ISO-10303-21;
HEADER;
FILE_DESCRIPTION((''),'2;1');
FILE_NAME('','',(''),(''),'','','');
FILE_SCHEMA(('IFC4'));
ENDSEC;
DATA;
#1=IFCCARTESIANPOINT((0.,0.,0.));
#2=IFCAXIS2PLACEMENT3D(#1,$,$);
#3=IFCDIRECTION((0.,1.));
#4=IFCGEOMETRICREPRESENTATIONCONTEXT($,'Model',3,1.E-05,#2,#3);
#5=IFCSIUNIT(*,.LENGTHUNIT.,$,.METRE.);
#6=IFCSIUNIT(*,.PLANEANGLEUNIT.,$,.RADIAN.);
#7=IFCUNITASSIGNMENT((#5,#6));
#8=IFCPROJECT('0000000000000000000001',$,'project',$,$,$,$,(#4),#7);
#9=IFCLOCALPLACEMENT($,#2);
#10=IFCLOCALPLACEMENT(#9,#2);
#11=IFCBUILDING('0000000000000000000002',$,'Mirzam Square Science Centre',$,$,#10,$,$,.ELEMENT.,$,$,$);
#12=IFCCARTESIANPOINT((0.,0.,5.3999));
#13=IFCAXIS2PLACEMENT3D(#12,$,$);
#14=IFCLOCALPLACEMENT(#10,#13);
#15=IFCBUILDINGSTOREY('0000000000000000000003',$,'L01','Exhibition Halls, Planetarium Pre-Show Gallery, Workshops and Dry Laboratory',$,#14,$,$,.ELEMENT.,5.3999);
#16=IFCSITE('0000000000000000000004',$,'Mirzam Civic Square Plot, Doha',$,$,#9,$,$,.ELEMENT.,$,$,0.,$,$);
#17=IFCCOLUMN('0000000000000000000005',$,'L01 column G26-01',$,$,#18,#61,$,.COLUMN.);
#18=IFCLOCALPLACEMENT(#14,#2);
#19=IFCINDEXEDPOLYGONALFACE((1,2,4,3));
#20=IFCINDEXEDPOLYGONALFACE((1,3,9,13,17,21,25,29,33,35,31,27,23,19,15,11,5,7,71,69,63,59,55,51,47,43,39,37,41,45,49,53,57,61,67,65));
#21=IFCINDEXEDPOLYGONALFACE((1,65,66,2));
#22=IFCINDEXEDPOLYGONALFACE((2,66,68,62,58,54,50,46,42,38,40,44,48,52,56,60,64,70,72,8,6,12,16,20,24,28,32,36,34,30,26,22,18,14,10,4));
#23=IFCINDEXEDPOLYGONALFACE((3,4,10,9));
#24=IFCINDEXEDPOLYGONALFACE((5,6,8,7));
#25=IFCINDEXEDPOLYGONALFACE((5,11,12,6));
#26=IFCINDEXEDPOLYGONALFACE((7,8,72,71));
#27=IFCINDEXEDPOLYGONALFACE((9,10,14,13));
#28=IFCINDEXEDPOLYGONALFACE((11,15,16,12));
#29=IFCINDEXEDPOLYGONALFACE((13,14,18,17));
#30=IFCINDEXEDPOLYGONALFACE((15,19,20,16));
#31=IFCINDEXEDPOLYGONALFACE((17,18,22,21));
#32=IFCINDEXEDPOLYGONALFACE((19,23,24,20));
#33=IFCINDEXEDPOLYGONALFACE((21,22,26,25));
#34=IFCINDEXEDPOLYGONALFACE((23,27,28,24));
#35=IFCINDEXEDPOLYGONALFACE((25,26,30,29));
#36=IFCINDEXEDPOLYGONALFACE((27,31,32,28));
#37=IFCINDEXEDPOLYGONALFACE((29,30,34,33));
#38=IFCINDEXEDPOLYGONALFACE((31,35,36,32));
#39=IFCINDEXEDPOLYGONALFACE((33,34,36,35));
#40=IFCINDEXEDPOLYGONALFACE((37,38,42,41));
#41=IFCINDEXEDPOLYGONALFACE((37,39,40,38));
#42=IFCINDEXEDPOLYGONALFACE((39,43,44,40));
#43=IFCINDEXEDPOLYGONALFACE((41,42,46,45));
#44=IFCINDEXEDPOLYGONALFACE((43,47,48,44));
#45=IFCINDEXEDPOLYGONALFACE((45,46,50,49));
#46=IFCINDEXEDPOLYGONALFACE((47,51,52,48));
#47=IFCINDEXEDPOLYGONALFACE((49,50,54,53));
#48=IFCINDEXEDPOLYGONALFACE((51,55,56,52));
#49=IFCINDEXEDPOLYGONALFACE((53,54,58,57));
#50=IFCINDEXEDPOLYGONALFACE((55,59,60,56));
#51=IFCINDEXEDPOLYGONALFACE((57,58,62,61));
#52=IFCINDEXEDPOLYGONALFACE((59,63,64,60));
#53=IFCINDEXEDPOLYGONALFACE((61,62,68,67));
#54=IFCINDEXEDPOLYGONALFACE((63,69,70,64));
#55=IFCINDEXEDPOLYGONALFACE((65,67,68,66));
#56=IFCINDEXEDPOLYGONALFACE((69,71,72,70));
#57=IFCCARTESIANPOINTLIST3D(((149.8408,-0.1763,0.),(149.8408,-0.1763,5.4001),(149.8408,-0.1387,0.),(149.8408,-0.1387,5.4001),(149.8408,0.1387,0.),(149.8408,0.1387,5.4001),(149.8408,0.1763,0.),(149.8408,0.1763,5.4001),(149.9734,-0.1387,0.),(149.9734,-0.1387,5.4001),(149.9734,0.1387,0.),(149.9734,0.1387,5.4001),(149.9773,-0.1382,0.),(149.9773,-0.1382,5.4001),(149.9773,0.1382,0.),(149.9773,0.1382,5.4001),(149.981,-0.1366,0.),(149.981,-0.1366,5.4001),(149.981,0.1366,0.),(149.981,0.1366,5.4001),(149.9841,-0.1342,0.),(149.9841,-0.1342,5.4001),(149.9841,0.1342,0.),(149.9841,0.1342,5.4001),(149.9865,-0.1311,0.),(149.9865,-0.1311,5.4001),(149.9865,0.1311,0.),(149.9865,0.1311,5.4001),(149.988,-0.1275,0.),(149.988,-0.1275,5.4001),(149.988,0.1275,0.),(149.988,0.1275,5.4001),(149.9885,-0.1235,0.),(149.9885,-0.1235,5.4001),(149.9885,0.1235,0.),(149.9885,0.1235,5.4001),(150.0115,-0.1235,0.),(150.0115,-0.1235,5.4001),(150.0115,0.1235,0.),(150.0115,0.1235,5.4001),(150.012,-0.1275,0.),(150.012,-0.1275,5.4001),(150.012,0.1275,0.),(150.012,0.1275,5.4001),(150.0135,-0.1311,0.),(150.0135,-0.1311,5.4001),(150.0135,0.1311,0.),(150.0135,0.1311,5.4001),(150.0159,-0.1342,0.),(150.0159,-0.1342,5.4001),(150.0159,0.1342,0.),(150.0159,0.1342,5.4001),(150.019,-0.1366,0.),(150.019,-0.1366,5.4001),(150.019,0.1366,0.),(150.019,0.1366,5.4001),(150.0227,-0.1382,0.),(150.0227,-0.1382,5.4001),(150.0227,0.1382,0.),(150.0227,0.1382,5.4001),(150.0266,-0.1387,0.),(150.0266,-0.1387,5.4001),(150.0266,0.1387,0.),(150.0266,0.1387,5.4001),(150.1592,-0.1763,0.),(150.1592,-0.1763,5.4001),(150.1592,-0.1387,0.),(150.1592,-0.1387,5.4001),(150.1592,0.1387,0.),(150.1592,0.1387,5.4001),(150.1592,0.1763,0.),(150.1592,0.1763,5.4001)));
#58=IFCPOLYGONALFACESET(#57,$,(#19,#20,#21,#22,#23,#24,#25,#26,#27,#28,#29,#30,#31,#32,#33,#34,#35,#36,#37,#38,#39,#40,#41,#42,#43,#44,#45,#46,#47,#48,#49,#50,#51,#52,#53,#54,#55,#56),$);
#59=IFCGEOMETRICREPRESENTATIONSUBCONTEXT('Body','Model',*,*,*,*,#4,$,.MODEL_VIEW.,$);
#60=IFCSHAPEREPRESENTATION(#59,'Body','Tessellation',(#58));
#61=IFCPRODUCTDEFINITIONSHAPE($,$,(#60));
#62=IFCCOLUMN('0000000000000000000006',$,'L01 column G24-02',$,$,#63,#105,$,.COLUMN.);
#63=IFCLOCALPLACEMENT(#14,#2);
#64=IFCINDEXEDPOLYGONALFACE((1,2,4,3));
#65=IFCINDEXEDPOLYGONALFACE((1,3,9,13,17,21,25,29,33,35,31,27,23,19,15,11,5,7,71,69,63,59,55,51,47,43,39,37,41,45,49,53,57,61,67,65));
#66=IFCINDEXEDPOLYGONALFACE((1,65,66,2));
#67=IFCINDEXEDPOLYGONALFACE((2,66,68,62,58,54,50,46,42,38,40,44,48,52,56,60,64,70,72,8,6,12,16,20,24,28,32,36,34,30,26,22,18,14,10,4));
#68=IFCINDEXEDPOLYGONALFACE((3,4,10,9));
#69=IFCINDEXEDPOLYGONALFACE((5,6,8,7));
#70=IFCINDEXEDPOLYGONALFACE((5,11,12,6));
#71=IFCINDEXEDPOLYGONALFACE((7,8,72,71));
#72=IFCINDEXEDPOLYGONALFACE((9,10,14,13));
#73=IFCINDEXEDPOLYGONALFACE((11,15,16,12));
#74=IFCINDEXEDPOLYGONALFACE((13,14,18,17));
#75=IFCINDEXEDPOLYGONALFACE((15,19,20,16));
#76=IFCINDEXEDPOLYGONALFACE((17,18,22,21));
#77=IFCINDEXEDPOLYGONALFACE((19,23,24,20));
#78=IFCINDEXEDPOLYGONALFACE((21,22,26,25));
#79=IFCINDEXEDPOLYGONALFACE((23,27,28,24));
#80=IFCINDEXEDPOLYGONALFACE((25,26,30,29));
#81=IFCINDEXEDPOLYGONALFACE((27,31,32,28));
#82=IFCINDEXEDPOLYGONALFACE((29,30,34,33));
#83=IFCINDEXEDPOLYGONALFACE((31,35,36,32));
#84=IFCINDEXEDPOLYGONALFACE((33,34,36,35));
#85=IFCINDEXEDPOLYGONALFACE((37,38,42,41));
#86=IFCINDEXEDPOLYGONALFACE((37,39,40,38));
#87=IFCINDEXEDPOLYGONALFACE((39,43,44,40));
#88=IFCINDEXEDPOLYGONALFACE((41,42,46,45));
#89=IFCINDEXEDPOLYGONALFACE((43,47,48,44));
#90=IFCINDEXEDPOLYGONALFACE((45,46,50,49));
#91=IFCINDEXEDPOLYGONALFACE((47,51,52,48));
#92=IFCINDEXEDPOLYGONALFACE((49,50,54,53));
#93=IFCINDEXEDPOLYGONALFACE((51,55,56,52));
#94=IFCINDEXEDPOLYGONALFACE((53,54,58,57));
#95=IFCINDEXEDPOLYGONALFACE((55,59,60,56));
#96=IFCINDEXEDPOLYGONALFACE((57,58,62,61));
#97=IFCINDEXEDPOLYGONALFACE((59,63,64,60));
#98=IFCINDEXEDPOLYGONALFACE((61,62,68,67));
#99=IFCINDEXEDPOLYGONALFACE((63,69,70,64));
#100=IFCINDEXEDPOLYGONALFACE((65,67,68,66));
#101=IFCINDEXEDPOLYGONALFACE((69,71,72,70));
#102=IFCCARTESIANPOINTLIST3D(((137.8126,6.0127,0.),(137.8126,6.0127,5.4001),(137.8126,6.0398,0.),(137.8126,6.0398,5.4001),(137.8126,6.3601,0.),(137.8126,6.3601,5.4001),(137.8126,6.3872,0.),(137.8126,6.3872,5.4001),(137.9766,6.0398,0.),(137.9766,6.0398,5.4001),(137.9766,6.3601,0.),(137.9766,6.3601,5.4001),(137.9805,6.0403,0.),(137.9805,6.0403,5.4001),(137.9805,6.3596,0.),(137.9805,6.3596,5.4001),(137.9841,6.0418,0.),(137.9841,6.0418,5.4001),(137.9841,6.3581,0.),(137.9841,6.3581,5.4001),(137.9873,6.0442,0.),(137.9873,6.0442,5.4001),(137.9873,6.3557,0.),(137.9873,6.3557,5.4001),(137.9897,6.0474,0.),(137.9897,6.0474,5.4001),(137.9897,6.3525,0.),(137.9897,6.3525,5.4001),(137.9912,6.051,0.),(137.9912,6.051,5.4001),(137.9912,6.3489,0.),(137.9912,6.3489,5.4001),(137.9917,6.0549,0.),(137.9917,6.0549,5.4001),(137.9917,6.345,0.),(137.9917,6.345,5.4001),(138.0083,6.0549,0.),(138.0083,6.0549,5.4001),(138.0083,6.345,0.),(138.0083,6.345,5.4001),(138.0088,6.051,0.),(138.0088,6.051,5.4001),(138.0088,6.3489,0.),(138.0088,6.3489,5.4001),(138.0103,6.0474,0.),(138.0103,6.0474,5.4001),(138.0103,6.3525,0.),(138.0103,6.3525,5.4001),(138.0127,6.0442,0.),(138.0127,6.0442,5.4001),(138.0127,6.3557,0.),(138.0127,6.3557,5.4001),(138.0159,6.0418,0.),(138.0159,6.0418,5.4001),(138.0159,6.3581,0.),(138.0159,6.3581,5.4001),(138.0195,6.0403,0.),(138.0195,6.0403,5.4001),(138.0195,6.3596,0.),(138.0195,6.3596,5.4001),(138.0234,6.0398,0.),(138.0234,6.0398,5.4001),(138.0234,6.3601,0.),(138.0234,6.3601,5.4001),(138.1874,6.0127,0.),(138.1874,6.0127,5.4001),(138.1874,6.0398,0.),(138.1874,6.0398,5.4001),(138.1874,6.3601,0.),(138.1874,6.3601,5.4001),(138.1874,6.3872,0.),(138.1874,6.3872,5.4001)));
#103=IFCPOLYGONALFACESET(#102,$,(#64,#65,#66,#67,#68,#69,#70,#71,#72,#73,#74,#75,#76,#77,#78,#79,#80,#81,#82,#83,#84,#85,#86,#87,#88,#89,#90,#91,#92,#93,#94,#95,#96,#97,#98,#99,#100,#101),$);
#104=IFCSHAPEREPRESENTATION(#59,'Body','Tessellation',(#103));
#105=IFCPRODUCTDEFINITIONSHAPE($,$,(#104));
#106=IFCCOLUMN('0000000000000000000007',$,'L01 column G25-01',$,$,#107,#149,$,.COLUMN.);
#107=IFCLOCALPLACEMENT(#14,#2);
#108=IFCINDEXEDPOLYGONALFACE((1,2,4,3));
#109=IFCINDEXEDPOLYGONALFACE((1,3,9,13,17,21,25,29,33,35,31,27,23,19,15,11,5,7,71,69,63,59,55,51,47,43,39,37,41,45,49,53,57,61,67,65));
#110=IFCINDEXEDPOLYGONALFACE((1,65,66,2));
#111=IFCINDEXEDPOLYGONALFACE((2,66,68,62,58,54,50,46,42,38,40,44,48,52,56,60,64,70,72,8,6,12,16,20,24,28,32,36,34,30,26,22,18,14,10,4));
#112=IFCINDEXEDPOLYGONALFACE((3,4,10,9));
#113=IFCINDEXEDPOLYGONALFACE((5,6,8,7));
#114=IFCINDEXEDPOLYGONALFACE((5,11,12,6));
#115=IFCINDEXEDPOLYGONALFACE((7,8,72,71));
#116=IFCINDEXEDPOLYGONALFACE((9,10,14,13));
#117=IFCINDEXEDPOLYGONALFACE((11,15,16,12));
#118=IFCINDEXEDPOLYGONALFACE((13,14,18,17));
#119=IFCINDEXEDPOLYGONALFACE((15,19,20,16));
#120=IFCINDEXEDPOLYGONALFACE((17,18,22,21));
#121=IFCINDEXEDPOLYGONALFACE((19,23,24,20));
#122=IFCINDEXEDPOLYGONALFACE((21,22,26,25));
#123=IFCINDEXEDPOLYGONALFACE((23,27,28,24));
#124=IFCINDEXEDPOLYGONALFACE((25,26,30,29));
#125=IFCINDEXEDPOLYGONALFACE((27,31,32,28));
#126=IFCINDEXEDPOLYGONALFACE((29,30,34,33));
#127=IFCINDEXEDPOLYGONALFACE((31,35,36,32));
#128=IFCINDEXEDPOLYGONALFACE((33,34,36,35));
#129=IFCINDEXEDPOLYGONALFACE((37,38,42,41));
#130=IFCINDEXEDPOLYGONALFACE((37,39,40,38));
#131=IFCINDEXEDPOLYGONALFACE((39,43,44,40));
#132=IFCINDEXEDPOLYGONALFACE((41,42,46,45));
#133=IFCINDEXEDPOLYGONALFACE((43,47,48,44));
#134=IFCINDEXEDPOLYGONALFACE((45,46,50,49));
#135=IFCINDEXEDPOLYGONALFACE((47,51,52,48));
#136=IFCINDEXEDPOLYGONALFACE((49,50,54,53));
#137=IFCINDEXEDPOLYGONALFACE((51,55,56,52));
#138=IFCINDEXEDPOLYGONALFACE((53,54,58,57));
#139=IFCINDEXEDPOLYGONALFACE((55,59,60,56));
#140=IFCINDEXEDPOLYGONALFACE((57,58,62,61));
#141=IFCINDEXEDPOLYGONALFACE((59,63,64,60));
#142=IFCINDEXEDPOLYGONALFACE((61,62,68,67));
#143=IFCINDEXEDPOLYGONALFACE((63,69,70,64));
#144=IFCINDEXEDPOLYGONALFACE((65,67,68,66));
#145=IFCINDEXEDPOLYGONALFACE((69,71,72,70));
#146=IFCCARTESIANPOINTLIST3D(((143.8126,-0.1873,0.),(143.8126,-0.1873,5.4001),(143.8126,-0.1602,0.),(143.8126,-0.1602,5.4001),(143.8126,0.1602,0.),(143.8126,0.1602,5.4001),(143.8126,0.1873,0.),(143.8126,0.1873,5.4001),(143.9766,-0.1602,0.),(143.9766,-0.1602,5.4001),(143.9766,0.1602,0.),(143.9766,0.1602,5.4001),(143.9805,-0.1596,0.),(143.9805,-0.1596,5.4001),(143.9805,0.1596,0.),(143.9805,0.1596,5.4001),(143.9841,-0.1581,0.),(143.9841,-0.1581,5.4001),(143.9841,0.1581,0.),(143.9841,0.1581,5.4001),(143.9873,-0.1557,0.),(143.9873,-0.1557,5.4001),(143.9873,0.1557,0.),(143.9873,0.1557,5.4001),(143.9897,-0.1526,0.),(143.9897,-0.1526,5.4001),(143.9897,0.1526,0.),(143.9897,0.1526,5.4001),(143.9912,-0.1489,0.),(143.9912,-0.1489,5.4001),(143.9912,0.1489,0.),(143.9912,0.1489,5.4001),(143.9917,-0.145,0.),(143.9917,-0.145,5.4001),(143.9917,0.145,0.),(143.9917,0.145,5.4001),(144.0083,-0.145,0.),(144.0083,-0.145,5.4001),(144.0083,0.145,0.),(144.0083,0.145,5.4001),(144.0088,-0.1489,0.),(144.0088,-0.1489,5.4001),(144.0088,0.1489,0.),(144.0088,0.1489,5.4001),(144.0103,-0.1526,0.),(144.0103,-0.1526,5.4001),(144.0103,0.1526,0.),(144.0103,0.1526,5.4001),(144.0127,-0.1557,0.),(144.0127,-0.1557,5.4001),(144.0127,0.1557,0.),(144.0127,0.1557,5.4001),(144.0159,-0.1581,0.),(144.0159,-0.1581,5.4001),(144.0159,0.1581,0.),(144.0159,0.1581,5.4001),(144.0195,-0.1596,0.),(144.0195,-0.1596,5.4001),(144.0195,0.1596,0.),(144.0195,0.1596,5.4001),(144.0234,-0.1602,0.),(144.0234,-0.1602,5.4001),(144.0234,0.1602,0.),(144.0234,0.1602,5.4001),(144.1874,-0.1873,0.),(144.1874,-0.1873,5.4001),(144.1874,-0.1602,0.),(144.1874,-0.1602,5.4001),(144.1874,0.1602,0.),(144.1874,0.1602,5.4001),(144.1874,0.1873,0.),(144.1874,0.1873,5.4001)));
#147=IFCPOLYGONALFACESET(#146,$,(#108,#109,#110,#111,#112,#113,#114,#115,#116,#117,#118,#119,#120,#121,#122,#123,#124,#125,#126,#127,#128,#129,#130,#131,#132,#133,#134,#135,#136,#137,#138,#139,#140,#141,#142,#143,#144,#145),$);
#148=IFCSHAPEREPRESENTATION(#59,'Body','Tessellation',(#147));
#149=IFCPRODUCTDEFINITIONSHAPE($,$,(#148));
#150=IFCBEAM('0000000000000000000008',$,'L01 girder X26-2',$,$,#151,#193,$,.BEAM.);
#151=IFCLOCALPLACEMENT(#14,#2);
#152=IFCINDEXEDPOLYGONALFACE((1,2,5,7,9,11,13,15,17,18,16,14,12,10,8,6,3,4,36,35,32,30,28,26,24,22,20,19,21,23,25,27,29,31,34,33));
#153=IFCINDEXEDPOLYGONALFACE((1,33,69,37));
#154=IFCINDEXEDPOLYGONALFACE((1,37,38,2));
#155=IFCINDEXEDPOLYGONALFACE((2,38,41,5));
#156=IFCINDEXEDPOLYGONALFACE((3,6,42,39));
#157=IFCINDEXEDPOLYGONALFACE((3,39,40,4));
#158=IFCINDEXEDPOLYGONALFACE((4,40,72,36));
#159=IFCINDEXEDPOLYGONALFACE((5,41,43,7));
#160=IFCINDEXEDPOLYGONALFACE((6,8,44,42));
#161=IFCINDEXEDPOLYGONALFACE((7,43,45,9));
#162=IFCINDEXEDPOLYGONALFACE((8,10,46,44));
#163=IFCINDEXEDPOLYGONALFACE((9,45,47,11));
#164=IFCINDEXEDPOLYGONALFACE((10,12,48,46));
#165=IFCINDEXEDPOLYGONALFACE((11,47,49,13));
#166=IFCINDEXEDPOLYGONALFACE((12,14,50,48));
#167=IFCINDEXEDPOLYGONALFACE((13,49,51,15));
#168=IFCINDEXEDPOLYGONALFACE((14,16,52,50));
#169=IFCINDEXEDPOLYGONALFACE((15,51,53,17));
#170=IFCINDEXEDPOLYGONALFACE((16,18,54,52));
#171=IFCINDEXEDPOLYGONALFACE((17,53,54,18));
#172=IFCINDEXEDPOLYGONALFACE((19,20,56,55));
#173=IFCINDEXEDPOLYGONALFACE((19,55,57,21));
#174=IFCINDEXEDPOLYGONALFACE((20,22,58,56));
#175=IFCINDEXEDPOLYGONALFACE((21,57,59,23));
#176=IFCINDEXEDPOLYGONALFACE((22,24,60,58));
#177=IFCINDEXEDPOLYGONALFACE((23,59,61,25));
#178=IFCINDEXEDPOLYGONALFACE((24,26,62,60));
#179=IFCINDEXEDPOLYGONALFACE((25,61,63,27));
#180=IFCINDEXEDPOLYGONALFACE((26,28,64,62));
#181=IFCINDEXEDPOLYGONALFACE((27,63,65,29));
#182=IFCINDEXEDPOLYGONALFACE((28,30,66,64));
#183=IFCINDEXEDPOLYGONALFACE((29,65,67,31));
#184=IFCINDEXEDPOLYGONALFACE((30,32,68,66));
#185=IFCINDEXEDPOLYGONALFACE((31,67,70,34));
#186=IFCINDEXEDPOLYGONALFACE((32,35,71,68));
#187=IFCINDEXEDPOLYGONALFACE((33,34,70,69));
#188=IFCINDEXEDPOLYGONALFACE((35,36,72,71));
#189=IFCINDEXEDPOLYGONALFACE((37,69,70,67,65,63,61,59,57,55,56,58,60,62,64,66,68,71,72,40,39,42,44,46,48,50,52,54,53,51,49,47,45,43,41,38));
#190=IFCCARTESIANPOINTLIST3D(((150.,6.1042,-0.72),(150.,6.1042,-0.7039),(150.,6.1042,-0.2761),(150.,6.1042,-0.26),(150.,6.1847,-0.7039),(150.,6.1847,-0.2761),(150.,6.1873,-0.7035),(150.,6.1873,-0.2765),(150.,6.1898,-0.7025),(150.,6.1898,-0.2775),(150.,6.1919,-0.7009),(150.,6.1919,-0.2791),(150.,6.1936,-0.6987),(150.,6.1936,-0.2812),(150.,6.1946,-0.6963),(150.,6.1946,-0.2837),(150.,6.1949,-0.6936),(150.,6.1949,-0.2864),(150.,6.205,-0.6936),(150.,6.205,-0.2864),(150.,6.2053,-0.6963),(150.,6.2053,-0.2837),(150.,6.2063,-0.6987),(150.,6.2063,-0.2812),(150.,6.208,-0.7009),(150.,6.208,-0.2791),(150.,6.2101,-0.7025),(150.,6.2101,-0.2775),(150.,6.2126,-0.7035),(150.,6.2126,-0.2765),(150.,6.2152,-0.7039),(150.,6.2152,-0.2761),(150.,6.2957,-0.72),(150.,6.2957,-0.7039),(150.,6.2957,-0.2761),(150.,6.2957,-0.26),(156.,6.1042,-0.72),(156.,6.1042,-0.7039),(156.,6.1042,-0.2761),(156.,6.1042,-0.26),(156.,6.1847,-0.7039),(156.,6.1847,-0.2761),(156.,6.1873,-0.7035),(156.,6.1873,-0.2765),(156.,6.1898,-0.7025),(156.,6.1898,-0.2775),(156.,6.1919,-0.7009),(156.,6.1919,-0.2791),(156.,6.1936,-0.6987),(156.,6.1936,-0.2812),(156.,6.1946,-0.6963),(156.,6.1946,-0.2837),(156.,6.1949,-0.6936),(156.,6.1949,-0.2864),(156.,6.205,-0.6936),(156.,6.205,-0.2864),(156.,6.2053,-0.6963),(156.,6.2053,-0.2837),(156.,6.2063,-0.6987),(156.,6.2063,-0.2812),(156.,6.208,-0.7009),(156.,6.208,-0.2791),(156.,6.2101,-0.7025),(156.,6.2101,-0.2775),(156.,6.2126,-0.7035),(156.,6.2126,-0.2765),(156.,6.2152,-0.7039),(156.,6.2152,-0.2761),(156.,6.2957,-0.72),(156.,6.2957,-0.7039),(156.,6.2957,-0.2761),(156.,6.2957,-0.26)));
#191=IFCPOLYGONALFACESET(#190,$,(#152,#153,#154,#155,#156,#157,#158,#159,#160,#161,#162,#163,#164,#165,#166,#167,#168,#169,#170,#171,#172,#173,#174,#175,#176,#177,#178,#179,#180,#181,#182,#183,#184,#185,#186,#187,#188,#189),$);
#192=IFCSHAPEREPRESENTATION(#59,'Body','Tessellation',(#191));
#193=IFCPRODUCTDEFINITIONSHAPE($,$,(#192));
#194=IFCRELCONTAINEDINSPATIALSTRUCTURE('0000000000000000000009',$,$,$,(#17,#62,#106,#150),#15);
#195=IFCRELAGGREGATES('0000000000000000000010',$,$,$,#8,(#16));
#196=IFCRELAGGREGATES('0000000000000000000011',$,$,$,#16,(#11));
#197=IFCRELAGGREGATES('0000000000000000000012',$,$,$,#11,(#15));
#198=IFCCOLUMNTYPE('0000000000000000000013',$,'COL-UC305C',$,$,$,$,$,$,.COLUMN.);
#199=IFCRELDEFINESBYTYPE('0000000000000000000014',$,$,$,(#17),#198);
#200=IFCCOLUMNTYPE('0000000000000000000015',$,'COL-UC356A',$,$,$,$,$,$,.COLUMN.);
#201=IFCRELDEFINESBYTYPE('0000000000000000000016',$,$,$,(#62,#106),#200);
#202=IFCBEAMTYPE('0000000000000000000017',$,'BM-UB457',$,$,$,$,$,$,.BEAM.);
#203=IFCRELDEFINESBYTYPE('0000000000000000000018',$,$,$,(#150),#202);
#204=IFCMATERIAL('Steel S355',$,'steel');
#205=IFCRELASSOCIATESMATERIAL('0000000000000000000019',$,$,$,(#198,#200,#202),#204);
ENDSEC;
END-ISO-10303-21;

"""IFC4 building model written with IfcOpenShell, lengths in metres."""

from ifc_helpers import new_model, si_unit, direction, frame, origin, origin_2d, place, context, subcontext, project, spatial, i_section, extrude, material, material_profile, profile_set, type_object, element, save


model = new_model("IFC4")

# Units and contexts
model_context = context("Model", 3, precision=1e-05, world=origin(), true_north=direction((0.0, 1.0)))
body_context = subcontext(model_context, "Body", "Model", "MODEL_VIEW")
ifc_project = project(units=[si_unit("LENGTHUNIT", "METRE"), si_unit("PLANEANGLEUNIT", "RADIAN")], contexts=[model_context])

# Site, building, storey
site_placement = place(None, origin())
site = spatial("IfcSite", under=ifc_project, at=site_placement, Name="Mirzam Civic Square Plot, Doha", CompositionType="ELEMENT", RefElevation=0.0)
building_placement = place(site_placement, origin())
building = spatial("IfcBuilding", under=site, at=building_placement, Name="Mirzam Square Science Centre", CompositionType="ELEMENT")
storey_placement = place(building_placement, frame((0.0, 0.0, 5.3999)))
storey = spatial("IfcBuildingStorey", under=building, at=storey_placement, Name="L01", Description="Exhibition Halls, Planetarium Pre-Show Gallery, Workshops and Dry Laboratory", CompositionType="ELEMENT", Elevation=5.3999)

# Columns
ifc_material_1 = material(Name="Steel S355", Category="steel")
ifc_material_profile_1 = material_profile(ifc_material_1, i_section(OverallWidth=0.3184, OverallDepth=0.3525, WebThickness=0.0229, FlangeThickness=0.0376, FilletRadius=0.0151, at=origin_2d()), Name="305x305x240UC")
ifc_profile_set_1 = profile_set([ifc_material_profile_1], Name="Steel S355")
column_type_1 = type_object("IfcColumnType", Name="COL-UC305C", PredefinedType="COLUMN", material=ifc_profile_set_1)
for number, where, z_axis, x_axis, name in (
    (1, (150.0, 0.0, 0.0), (0.0, 0.0, 1.0), (1.0, 0.0, 0.0), "L01 column G26-01"),
):
    element("IfcColumn", number, at=place(storey_placement, frame(where, z_axis=z_axis, x_axis=x_axis)), inside=storey, type_object=column_type_1, Name=name, PredefinedType="COLUMN", context=body_context, shape_type="SweptSolid", body=[
        extrude(i_section(OverallWidth=0.3184, OverallDepth=0.3525, WebThickness=0.0229, FlangeThickness=0.0376, FilletRadius=0.0151, at=origin_2d()), origin(), (0.0, 0.0, 1.0), 5.4001),
    ])
ifc_material_profile_2 = material_profile(ifc_material_1, i_section(OverallWidth=0.3748, OverallDepth=0.3745, WebThickness=0.0166, FlangeThickness=0.0271, FilletRadius=0.0151, at=origin_2d()), Name="356x368x202UC")
ifc_profile_set_2 = profile_set([ifc_material_profile_2], Name="Steel S355")
column_type_2 = type_object("IfcColumnType", Name="COL-UC356A", PredefinedType="COLUMN", material=ifc_profile_set_2)
for number, where, z_axis, x_axis, name in (
    (2, (138.0, 6.2, 0.0), (0.0, 0.0, 1.0), (1.0, 0.0, 0.0), "L01 column G24-02"),
    (3, (144.0, 0.0, 0.0), (0.0, 0.0, 1.0), (1.0, 0.0, 0.0), "L01 column G25-01"),
):
    element("IfcColumn", number, at=place(storey_placement, frame(where, z_axis=z_axis, x_axis=x_axis)), inside=storey, type_object=column_type_2, Name=name, PredefinedType="COLUMN", context=body_context, shape_type="SweptSolid", body=[
        extrude(i_section(OverallWidth=0.3748, OverallDepth=0.3745, WebThickness=0.0166, FlangeThickness=0.0271, FilletRadius=0.0151, at=origin_2d()), origin(), (0.0, 0.0, 1.0), 5.4001),
    ])

# Beam
ifc_material_profile_3 = material_profile(ifc_material_1, i_section(OverallWidth=0.1914, OverallDepth=0.46, WebThickness=0.01, FlangeThickness=0.0161, FilletRadius=0.0103, at=origin_2d()), Name="457x191x82UB")
ifc_profile_set_3 = profile_set([ifc_material_profile_3], Name="Steel S355")
beam_type_1 = type_object("IfcBeamType", Name="BM-UB457", PredefinedType="BEAM", material=ifc_profile_set_3)
beam_1_placement = place(storey_placement, frame((150.0, 6.2, -0.49), z_axis=(1.0, 0.0, 0.0), x_axis=(0.0, 1.0, 0.0)))
element("IfcBeam", 4, at=beam_1_placement, inside=storey, type_object=beam_type_1, Name="L01 girder X26-2", PredefinedType="BEAM", context=body_context, shape_type="SweptSolid", body=[
    extrude(i_section(OverallWidth=0.1914, OverallDepth=0.46, WebThickness=0.01, FlangeThickness=0.0161, FilletRadius=0.0103, at=origin_2d()), origin(), (0.0, 0.0, 1.0), 6.0),
])

save(model, "model.ifc")
